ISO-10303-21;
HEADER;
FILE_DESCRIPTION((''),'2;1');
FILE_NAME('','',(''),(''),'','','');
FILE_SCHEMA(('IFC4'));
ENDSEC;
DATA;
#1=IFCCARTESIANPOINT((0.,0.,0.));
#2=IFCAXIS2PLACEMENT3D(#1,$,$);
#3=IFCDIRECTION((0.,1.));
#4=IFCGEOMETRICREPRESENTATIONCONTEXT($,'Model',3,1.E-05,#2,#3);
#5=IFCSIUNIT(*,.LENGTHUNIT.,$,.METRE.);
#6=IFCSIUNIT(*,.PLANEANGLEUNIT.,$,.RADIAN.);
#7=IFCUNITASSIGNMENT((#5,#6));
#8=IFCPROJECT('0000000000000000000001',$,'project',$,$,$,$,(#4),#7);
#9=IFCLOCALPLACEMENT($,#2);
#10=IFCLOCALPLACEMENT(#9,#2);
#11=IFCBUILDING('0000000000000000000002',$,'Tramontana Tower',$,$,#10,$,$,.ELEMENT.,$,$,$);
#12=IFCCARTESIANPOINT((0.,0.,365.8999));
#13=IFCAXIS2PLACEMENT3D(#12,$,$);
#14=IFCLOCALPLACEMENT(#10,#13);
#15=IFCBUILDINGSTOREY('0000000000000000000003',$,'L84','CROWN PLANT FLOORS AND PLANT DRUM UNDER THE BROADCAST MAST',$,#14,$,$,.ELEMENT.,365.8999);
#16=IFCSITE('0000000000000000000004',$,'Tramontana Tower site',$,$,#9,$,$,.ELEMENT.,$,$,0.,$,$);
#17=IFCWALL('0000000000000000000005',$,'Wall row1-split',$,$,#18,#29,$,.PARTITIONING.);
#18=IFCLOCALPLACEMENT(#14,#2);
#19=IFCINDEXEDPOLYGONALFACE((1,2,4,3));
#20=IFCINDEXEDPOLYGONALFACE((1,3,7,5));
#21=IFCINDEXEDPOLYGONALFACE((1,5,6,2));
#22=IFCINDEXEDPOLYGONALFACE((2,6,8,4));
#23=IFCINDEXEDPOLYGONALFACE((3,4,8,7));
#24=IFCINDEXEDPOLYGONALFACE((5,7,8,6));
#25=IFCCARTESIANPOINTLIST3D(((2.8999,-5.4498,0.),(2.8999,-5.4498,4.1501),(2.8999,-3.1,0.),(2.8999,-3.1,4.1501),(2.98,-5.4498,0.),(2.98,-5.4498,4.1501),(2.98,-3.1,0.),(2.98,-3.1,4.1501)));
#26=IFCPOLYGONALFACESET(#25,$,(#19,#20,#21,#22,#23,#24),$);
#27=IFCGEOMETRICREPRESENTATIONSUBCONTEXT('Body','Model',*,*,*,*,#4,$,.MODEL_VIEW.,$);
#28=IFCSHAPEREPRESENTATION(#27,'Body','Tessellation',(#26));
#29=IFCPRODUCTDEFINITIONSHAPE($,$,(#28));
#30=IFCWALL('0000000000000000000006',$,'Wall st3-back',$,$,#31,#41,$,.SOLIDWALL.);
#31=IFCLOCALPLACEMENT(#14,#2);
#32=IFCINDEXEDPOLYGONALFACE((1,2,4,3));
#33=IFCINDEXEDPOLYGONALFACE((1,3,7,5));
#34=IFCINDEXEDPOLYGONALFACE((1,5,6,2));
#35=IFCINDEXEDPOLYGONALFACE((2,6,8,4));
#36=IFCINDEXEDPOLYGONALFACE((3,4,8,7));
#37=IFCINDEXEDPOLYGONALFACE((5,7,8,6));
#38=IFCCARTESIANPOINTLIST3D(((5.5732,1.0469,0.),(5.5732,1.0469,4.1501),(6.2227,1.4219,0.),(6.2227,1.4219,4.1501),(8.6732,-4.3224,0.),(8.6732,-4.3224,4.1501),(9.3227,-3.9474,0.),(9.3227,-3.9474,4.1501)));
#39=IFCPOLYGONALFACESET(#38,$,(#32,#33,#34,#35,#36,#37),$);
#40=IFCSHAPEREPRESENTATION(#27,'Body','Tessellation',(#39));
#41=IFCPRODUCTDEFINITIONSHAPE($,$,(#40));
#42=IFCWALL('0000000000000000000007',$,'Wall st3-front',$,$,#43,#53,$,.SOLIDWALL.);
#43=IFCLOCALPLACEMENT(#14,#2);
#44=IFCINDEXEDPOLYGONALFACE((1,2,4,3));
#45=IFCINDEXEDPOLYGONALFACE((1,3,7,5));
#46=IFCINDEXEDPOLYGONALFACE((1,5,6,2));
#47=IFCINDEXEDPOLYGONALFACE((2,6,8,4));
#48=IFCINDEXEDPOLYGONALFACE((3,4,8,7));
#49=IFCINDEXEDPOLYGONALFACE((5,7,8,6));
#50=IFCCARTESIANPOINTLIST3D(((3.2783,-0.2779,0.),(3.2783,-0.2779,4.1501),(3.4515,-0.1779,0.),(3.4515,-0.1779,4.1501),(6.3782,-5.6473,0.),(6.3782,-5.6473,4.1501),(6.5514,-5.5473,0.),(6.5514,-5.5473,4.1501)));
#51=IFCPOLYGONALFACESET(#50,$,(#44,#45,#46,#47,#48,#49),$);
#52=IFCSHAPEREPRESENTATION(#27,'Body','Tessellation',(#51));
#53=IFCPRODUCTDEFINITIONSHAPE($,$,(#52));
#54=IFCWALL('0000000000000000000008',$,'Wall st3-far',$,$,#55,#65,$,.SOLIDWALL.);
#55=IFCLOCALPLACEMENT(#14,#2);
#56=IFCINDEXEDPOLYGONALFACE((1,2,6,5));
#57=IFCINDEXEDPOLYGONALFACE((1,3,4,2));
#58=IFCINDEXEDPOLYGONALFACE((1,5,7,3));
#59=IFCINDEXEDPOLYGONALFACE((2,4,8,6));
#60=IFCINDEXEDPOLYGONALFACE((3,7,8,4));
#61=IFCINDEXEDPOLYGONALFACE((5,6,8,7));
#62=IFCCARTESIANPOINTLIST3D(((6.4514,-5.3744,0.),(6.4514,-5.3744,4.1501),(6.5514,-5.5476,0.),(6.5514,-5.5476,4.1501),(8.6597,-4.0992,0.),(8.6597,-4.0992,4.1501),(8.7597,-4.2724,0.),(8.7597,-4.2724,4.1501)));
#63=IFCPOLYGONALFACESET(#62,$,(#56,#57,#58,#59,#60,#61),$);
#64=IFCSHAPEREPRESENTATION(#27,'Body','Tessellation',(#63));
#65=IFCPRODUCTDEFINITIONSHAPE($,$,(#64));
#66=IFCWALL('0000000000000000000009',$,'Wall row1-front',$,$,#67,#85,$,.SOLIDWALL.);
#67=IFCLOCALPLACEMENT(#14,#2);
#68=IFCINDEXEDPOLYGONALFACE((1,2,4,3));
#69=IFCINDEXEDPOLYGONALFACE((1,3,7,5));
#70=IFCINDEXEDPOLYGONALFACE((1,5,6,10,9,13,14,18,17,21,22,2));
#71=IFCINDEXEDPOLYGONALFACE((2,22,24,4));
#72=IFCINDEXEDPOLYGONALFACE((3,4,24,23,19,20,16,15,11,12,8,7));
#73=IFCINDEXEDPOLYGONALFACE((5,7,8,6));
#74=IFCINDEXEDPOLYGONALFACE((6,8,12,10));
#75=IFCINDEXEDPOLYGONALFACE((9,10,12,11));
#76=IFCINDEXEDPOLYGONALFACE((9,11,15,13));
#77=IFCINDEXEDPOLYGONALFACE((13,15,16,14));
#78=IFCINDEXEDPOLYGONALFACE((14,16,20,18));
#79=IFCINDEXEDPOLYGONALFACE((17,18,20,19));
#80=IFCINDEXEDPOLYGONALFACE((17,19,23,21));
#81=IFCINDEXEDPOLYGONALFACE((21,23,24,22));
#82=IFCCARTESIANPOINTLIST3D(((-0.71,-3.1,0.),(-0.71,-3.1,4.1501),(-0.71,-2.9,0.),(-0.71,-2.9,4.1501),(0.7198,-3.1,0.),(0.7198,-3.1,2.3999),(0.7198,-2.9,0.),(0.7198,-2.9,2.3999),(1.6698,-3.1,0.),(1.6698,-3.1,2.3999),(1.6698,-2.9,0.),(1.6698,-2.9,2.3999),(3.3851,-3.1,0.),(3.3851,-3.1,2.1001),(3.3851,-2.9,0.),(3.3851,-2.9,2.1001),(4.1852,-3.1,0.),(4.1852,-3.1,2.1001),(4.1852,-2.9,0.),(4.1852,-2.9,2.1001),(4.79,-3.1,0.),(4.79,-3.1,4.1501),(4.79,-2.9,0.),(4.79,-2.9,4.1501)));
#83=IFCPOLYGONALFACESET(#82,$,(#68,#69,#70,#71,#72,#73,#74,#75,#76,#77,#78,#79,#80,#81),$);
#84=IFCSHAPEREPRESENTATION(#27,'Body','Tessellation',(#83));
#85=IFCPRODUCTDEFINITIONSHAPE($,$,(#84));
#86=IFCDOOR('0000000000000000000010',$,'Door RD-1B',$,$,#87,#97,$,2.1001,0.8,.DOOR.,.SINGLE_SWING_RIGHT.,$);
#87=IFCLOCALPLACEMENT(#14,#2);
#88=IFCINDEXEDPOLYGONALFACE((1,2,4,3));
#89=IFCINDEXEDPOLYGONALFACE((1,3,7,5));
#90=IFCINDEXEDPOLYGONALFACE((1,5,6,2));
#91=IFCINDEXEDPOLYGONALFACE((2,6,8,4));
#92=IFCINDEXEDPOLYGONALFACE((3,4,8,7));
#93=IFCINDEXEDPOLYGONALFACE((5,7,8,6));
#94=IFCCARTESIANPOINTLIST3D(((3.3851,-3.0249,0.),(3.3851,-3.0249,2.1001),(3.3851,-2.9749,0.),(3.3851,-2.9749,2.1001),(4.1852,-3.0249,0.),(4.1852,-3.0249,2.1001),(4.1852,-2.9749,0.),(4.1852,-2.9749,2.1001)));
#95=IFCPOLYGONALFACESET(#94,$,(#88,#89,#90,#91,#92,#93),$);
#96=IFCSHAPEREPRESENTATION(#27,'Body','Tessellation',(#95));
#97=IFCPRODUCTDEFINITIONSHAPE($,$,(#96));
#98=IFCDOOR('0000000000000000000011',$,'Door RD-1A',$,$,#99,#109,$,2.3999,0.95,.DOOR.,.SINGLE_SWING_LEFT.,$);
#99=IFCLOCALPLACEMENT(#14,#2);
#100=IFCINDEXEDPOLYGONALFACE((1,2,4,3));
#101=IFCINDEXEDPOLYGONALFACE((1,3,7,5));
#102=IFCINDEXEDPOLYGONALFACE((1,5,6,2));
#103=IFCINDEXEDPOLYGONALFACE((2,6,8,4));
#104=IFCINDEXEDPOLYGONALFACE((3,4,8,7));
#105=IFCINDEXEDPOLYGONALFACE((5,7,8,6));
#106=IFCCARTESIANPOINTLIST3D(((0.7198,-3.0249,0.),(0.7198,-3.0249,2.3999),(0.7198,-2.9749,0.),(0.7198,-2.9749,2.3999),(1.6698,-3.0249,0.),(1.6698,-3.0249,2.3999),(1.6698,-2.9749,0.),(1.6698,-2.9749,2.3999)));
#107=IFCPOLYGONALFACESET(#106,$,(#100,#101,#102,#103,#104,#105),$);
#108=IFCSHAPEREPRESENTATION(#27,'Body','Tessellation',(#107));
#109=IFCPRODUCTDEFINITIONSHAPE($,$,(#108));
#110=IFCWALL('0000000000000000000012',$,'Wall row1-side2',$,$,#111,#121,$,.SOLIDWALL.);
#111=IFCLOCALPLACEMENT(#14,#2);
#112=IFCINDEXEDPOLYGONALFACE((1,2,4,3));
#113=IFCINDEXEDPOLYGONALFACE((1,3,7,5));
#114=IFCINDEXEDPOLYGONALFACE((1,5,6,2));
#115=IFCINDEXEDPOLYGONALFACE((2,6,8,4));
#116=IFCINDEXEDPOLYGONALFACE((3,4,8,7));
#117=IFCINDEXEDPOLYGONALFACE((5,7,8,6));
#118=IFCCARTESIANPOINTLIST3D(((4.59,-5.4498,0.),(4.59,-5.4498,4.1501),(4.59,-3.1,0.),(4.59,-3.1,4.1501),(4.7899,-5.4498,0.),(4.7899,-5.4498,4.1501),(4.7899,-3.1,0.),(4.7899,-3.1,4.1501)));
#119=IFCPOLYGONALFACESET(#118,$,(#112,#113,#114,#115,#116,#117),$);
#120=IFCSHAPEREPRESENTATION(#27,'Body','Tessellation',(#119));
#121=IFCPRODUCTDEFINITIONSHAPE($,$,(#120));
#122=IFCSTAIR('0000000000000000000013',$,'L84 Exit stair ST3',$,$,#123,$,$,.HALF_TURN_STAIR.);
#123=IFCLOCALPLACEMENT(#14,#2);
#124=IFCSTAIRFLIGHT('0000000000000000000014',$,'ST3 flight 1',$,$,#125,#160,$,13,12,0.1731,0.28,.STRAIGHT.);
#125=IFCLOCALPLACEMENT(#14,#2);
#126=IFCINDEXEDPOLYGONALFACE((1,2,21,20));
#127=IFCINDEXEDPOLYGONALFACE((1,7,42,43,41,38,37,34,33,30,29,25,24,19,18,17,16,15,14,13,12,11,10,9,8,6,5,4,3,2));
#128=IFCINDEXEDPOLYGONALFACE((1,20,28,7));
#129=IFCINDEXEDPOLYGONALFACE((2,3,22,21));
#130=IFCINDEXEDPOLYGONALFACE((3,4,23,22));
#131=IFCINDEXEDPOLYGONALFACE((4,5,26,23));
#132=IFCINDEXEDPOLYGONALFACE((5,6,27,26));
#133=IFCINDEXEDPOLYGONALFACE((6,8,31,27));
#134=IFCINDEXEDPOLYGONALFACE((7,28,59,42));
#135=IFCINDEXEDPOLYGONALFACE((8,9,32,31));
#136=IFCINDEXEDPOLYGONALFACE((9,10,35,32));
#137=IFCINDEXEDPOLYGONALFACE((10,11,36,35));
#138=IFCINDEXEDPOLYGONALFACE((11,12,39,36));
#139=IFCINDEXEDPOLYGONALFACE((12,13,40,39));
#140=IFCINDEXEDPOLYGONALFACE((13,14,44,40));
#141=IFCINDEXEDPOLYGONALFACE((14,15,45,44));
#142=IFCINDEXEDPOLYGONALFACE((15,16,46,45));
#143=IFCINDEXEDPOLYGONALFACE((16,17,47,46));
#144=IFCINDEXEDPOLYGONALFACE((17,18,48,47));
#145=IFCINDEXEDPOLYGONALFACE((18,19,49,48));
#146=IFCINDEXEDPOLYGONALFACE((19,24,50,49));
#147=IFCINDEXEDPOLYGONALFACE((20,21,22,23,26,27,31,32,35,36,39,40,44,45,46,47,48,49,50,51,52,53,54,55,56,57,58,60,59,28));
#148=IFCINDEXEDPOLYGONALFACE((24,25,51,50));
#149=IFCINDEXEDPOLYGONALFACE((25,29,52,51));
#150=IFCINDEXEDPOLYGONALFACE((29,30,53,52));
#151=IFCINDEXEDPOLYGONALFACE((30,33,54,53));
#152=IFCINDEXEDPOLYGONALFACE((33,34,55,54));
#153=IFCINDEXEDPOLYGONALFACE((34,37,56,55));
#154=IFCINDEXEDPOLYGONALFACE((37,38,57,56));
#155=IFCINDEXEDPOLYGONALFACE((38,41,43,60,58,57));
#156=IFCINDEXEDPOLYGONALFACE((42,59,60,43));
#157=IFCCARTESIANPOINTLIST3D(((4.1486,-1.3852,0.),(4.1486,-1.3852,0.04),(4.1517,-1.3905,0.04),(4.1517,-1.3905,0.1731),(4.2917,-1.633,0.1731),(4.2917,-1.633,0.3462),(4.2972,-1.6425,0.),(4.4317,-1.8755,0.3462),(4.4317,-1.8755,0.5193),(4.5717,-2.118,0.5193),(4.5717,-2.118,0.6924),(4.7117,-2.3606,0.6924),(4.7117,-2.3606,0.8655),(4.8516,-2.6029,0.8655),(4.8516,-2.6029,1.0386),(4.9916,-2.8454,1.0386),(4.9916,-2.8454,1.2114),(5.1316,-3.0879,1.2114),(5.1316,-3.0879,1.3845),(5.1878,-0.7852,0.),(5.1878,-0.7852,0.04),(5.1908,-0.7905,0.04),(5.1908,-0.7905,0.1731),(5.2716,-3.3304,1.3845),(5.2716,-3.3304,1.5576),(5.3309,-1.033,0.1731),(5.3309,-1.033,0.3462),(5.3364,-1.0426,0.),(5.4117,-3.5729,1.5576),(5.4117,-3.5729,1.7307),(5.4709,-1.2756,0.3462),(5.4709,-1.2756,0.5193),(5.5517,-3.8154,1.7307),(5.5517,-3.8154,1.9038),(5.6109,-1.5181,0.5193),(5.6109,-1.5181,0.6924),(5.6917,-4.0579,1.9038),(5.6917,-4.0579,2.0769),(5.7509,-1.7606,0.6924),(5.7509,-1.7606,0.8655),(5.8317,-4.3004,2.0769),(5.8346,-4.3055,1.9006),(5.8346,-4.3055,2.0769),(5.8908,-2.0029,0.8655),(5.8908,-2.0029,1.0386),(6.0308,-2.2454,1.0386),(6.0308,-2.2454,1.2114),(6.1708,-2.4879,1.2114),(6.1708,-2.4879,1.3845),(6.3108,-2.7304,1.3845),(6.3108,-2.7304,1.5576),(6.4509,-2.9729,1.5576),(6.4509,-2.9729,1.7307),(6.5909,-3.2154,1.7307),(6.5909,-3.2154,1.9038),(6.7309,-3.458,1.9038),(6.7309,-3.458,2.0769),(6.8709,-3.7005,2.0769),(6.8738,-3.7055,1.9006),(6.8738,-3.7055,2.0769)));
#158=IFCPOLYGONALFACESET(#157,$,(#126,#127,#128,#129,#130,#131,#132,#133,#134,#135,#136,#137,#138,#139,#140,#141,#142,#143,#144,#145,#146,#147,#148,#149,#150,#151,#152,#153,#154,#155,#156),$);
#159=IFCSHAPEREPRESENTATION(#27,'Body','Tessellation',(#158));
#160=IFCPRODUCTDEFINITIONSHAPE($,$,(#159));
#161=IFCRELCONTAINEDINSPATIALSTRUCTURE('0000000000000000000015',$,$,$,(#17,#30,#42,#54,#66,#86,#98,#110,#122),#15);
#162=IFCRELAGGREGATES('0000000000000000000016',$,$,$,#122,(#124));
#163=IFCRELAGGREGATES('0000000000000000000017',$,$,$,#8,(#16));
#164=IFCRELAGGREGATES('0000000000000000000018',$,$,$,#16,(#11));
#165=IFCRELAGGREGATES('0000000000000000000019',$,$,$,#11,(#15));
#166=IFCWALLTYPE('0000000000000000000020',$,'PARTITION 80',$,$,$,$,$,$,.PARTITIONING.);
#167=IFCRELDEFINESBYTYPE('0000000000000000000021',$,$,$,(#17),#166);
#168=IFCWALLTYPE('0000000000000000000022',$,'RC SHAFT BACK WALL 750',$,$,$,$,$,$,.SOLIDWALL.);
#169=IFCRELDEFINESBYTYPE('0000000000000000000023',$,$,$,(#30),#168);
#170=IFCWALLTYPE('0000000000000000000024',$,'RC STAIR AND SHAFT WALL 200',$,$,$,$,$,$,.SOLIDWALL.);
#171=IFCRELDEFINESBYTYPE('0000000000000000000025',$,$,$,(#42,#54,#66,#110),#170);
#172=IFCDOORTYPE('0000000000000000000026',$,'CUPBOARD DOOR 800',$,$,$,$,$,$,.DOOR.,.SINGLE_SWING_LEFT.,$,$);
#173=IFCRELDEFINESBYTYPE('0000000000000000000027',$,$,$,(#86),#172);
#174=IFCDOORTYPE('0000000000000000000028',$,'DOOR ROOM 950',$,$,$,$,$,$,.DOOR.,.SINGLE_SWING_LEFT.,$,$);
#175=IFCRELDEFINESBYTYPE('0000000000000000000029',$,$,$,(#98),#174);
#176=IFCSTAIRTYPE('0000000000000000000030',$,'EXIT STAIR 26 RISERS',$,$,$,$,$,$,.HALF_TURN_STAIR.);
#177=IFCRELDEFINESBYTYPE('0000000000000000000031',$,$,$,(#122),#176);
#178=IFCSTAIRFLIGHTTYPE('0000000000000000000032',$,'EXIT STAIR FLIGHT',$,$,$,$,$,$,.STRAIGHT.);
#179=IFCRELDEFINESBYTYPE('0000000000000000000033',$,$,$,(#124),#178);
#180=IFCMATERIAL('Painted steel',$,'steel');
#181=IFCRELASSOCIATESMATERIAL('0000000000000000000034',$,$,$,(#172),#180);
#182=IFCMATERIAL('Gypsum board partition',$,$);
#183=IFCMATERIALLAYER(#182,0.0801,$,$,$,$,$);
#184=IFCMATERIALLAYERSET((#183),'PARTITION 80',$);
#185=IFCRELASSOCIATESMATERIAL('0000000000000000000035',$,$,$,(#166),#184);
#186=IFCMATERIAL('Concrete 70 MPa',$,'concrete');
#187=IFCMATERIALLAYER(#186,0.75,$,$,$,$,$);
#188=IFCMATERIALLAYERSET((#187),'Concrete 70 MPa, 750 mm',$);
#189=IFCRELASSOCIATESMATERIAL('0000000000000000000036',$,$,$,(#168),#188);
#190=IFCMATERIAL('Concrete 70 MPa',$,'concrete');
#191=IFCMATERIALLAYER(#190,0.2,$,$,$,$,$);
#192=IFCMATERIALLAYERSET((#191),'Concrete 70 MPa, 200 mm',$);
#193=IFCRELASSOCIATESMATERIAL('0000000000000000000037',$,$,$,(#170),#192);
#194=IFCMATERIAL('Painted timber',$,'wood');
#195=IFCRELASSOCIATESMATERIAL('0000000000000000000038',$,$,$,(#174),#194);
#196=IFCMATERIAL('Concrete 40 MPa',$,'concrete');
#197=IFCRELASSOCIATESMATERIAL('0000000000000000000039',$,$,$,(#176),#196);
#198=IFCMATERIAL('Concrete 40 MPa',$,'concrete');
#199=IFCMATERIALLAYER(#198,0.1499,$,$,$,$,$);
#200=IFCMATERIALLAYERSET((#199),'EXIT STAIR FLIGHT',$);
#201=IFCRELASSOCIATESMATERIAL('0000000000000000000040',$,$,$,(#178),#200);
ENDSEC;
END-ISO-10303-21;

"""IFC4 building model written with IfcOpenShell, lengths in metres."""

from ifc_helpers import new_model, si_unit, direction, frame, frame_2d, origin, place, context, subcontext, project, spatial, polyline, rectangle, outline, extrude, material, layer, layer_set, type_object, element, fill, aggregate, save


model = new_model("IFC4")

# Units and contexts
model_context = context("Model", 3, precision=1e-05, world=origin(), true_north=direction((0.0, 1.0)))
body_context = subcontext(model_context, "Body", "Model", "MODEL_VIEW")
ifc_project = project(units=[si_unit("LENGTHUNIT", "METRE"), si_unit("PLANEANGLEUNIT", "RADIAN")], contexts=[model_context])

# Site, building, storey
site_placement = place(None, origin())
site = spatial("IfcSite", under=ifc_project, at=site_placement, Name="Tramontana Tower site", CompositionType="ELEMENT", RefElevation=0.0)
building_placement = place(site_placement, origin())
building = spatial("IfcBuilding", under=site, at=building_placement, Name="Tramontana Tower", CompositionType="ELEMENT")
storey_placement = place(building_placement, frame((0.0, 0.0, 365.8999)))
storey = spatial("IfcBuildingStorey", under=building, at=storey_placement, Name="L84", Description="CROWN PLANT FLOORS AND PLANT DRUM UNDER THE BROADCAST MAST", CompositionType="ELEMENT", Elevation=365.8999)

# Shared definitions
ifc_material_1 = material(Name="Painted steel", Category="steel")
door_type_1 = type_object("IfcDoorType", Name="CUPBOARD DOOR 800", OperationType="SINGLE_SWING_LEFT", PredefinedType="DOOR", material=ifc_material_1)

# Walls
ifc_material_2 = material(Name="Gypsum board partition")
ifc_layer_1 = layer(ifc_material_2, 0.0801)
ifc_layer_set_1 = layer_set([ifc_layer_1], Name="PARTITION 80")
wall_type_1 = type_object("IfcWallType", Name="PARTITION 80", PredefinedType="PARTITIONING", material=ifc_layer_set_1)
wall_1_placement = place(storey_placement, frame((2.9399, -3.1001, 0.0), z_axis=(0.0, 0.0, 1.0), x_axis=(0.0, -1.0, 0.0)))
element("IfcWall", 1, at=wall_1_placement, inside=storey, type_object=wall_type_1, Name="Wall row1-split", PredefinedType="PARTITIONING", context=body_context, shape_type="SweptSolid", body=[
    extrude(rectangle(XDim=2.3499, YDim=0.0801, at=frame_2d((1.1748, 0.0))), origin(), (0.0, 0.0, 1.0), 4.1501),
])
ifc_material_3 = material(Name="Concrete 70 MPa", Category="concrete")
ifc_layer_2 = layer(ifc_material_3, 0.75)
ifc_layer_set_2 = layer_set([ifc_layer_2], Name="Concrete 70 MPa, 750 mm")
wall_type_2 = type_object("IfcWallType", Name="RC SHAFT BACK WALL 750", PredefinedType="SOLIDWALL", material=ifc_layer_set_2)
wall_2_placement = place(storey_placement, frame((8.998, -4.135, 0.0), z_axis=(0.0, 0.0, 1.0), x_axis=(-0.50001, 0.86602, 0.0)))
element("IfcWall", 2, at=wall_2_placement, inside=storey, type_object=wall_type_2, Name="Wall st3-back", PredefinedType="SOLIDWALL", context=body_context, shape_type="SweptSolid", body=[
    extrude(rectangle(XDim=6.2, YDim=0.75, at=frame_2d((3.1001, 0.0))), origin(), (0.0, 0.0, 1.0), 4.1501),
])
ifc_material_4 = material(Name="Concrete 70 MPa", Category="concrete")
ifc_layer_3 = layer(ifc_material_4, 0.2)
ifc_layer_set_3 = layer_set([ifc_layer_3], Name="Concrete 70 MPa, 200 mm")
wall_type_3 = type_object("IfcWallType", Name="RC STAIR AND SHAFT WALL 200", PredefinedType="SOLIDWALL", material=ifc_layer_set_3)
wall_3_placement = place(storey_placement, frame((6.4648, -5.5974, 0.0), z_axis=(0.0, 0.0, 1.0), x_axis=(-0.49998, 0.866037, 0.0)))
element("IfcWall", 3, at=wall_3_placement, inside=storey, type_object=wall_type_3, Name="Wall st3-front", PredefinedType="SOLIDWALL", context=body_context, shape_type="SweptSolid", body=[
    extrude(rectangle(XDim=6.2, YDim=0.2, at=frame_2d((3.1001, 0.0))), origin(), (0.0, 0.0, 1.0), 4.1501),
])
wall_4_placement = place(storey_placement, frame((6.5015, -5.4609, 0.0), z_axis=(0.0, 0.0, 1.0), x_axis=(0.865989, 0.500062, 0.0)))
element("IfcWall", 4, at=wall_4_placement, inside=storey, type_object=wall_type_3, Name="Wall st3-far", PredefinedType="SOLIDWALL", context=body_context, shape_type="SweptSolid", body=[
    extrude(rectangle(XDim=2.55, YDim=0.2, at=frame_2d((1.2749, 0.0))), origin(), (0.0, 0.0, 1.0), 4.1501),
])

# Wall, openings, doors
wall_5_placement = place(storey_placement, frame((4.79, -3.0, 0.0), z_axis=(0.0, 0.0, 1.0), x_axis=(-1.0, 0.0, 0.0)))
wall_5 = element("IfcWall", 5, at=wall_5_placement, inside=storey, type_object=wall_type_3, Name="Wall row1-front", PredefinedType="SOLIDWALL", context=body_context, shape_type="SweptSolid", body=[
    extrude(rectangle(XDim=5.5, YDim=0.2, at=frame_2d((2.75, 0.0))), origin(), (0.0, 0.0, 1.0), 4.1501),
])
opening_1_placement = place(wall_5_placement, frame((3.1201, 0.0, 0.0)))
opening_1 = element("IfcOpeningElement", 6, at=opening_1_placement, cuts=wall_5, PredefinedType="OPENING", context=body_context, shape_type="SweptSolid", body=[
    extrude(rectangle(XDim=0.95, YDim=2.3999, at=frame_2d((0.4751, 1.2))), frame((0.0, 0.1099, 0.0), z_axis=(0.0, -1.0, 0.0), x_axis=(1.0, 0.0, 0.0)), (0.0, 0.0, 1.0), 0.22),
])
opening_2_placement = place(wall_5_placement, frame((0.605, 0.0, 0.0)))
opening_2 = element("IfcOpeningElement", 7, at=opening_2_placement, cuts=wall_5, PredefinedType="OPENING", context=body_context, shape_type="SweptSolid", body=[
    extrude(rectangle(XDim=0.8, YDim=2.1001, at=frame_2d((0.3999, 1.05))), frame((0.0, 0.1099, 0.0), z_axis=(0.0, -1.0, 0.0), x_axis=(1.0, 0.0, 0.0)), (0.0, 0.0, 1.0), 0.22),
])
door_1_placement = place(opening_2_placement, origin())
door_1 = element("IfcDoor", 8, at=door_1_placement, inside=storey, type_object=door_type_1, Name="Door RD-1B", OperationType="SINGLE_SWING_RIGHT", OverallHeight=2.1001, OverallWidth=0.8, PredefinedType="DOOR", context=body_context, shape_type="SweptSolid", body=[
    extrude(rectangle(XDim=0.8, YDim=2.1001, at=frame_2d((0.3999, 1.05))), frame((0.0, 0.0249, 0.0), z_axis=(0.0, -1.0, 0.0), x_axis=(1.0, 0.0, 0.0)), (0.0, 0.0, 1.0), 0.05),
])
fill(opening_2, door_1)
ifc_material_5 = material(Name="Painted timber", Category="wood")
door_type_2 = type_object("IfcDoorType", Name="DOOR ROOM 950", OperationType="SINGLE_SWING_LEFT", PredefinedType="DOOR", material=ifc_material_5)
door_2_placement = place(opening_1_placement, origin())
door_2 = element("IfcDoor", 9, at=door_2_placement, inside=storey, type_object=door_type_2, Name="Door RD-1A", OperationType="SINGLE_SWING_LEFT", OverallHeight=2.3999, OverallWidth=0.95, PredefinedType="DOOR", context=body_context, shape_type="SweptSolid", body=[
    extrude(rectangle(XDim=0.95, YDim=2.3999, at=frame_2d((0.4751, 1.2))), frame((0.0, 0.0249, 0.0), z_axis=(0.0, -1.0, 0.0), x_axis=(1.0, 0.0, 0.0)), (0.0, 0.0, 1.0), 0.05),
])
fill(opening_1, door_2)

# Wall
wall_6_placement = place(storey_placement, frame((4.6899, -3.1001, 0.0), z_axis=(0.0, 0.0, 1.0), x_axis=(0.0, -1.0, 0.0)))
element("IfcWall", 10, at=wall_6_placement, inside=storey, type_object=wall_type_3, Name="Wall row1-side2", PredefinedType="SOLIDWALL", context=body_context, shape_type="SweptSolid", body=[
    extrude(rectangle(XDim=2.3499, YDim=0.2, at=frame_2d((1.1748, 0.0))), origin(), (0.0, 0.0, 1.0), 4.1501),
])

# Stair, stair flight
ifc_material_6 = material(Name="Concrete 40 MPa", Category="concrete")
stair_type = type_object("IfcStairType", Name="EXIT STAIR 26 RISERS", PredefinedType="HALF_TURN_STAIR", material=ifc_material_6)
stair_placement = place(storey_placement, origin())
stair = element("IfcStair", 11, at=stair_placement, inside=storey, type_object=stair_type, Name="L84 Exit stair ST3", PredefinedType="HALF_TURN_STAIR")
ifc_material_7 = material(Name="Concrete 40 MPa", Category="concrete")
ifc_layer_4 = layer(ifc_material_7, 0.1499)
ifc_layer_set_4 = layer_set([ifc_layer_4], Name="EXIT STAIR FLIGHT")
stair_flight_type = type_object("IfcStairFlightType", Name="EXIT STAIR FLIGHT", PredefinedType="STRAIGHT", material=ifc_layer_set_4)
stair_flight_1_placement = place(storey_placement, frame((4.6711, -1.0906, 0.0), z_axis=(0.0, 0.0, 1.0), x_axis=(0.5, -0.866025, 0.0)))
stair_flight_1 = element("IfcStairFlight", 12, at=stair_flight_1_placement, type_object=stair_flight_type, Name="ST3 flight 1", NumberOfRisers=13, NumberOfTreads=12, PredefinedType="STRAIGHT", RiserHeight=0.1731, TreadLength=0.28, context=body_context, shape_type="SweptSolid", body=[
    extrude(outline(polyline([(-0.0061, 0.0), (-0.0061, 0.04), (0.0, 0.04), (0.0, 0.1731), (0.28, 0.1731), (0.28, 0.3462), (0.5601, 0.3462), (0.5601, 0.5193), (0.8401, 0.5193), (0.8401, 0.6924), (1.1201, 0.6924), (1.1201, 0.8655), (1.3999, 0.8655), (1.3999, 1.0386), (1.6799, 1.0386), (1.6799, 1.2114), (1.96, 1.2114), (1.96, 1.3845), (2.24, 1.3845), (2.24, 1.5576), (2.52, 1.5576), (2.52, 1.7307), (2.8, 1.7307), (2.8, 1.9038), (3.0801, 1.9038), (3.0801, 2.0769), (3.3601, 2.0769), (3.366, 2.0769), (3.366, 1.9006), (0.291, 0.0), (-0.0061, 0.0)])), frame((0.0, 0.6001, 0.0), z_axis=(0.0, -1.0, 0.0), x_axis=(1.0, 0.0, 0.0)), (0.0, 0.0, 1.0), 1.2),
])
aggregate(stair, [stair_flight_1])

save(model, "model.ifc")
